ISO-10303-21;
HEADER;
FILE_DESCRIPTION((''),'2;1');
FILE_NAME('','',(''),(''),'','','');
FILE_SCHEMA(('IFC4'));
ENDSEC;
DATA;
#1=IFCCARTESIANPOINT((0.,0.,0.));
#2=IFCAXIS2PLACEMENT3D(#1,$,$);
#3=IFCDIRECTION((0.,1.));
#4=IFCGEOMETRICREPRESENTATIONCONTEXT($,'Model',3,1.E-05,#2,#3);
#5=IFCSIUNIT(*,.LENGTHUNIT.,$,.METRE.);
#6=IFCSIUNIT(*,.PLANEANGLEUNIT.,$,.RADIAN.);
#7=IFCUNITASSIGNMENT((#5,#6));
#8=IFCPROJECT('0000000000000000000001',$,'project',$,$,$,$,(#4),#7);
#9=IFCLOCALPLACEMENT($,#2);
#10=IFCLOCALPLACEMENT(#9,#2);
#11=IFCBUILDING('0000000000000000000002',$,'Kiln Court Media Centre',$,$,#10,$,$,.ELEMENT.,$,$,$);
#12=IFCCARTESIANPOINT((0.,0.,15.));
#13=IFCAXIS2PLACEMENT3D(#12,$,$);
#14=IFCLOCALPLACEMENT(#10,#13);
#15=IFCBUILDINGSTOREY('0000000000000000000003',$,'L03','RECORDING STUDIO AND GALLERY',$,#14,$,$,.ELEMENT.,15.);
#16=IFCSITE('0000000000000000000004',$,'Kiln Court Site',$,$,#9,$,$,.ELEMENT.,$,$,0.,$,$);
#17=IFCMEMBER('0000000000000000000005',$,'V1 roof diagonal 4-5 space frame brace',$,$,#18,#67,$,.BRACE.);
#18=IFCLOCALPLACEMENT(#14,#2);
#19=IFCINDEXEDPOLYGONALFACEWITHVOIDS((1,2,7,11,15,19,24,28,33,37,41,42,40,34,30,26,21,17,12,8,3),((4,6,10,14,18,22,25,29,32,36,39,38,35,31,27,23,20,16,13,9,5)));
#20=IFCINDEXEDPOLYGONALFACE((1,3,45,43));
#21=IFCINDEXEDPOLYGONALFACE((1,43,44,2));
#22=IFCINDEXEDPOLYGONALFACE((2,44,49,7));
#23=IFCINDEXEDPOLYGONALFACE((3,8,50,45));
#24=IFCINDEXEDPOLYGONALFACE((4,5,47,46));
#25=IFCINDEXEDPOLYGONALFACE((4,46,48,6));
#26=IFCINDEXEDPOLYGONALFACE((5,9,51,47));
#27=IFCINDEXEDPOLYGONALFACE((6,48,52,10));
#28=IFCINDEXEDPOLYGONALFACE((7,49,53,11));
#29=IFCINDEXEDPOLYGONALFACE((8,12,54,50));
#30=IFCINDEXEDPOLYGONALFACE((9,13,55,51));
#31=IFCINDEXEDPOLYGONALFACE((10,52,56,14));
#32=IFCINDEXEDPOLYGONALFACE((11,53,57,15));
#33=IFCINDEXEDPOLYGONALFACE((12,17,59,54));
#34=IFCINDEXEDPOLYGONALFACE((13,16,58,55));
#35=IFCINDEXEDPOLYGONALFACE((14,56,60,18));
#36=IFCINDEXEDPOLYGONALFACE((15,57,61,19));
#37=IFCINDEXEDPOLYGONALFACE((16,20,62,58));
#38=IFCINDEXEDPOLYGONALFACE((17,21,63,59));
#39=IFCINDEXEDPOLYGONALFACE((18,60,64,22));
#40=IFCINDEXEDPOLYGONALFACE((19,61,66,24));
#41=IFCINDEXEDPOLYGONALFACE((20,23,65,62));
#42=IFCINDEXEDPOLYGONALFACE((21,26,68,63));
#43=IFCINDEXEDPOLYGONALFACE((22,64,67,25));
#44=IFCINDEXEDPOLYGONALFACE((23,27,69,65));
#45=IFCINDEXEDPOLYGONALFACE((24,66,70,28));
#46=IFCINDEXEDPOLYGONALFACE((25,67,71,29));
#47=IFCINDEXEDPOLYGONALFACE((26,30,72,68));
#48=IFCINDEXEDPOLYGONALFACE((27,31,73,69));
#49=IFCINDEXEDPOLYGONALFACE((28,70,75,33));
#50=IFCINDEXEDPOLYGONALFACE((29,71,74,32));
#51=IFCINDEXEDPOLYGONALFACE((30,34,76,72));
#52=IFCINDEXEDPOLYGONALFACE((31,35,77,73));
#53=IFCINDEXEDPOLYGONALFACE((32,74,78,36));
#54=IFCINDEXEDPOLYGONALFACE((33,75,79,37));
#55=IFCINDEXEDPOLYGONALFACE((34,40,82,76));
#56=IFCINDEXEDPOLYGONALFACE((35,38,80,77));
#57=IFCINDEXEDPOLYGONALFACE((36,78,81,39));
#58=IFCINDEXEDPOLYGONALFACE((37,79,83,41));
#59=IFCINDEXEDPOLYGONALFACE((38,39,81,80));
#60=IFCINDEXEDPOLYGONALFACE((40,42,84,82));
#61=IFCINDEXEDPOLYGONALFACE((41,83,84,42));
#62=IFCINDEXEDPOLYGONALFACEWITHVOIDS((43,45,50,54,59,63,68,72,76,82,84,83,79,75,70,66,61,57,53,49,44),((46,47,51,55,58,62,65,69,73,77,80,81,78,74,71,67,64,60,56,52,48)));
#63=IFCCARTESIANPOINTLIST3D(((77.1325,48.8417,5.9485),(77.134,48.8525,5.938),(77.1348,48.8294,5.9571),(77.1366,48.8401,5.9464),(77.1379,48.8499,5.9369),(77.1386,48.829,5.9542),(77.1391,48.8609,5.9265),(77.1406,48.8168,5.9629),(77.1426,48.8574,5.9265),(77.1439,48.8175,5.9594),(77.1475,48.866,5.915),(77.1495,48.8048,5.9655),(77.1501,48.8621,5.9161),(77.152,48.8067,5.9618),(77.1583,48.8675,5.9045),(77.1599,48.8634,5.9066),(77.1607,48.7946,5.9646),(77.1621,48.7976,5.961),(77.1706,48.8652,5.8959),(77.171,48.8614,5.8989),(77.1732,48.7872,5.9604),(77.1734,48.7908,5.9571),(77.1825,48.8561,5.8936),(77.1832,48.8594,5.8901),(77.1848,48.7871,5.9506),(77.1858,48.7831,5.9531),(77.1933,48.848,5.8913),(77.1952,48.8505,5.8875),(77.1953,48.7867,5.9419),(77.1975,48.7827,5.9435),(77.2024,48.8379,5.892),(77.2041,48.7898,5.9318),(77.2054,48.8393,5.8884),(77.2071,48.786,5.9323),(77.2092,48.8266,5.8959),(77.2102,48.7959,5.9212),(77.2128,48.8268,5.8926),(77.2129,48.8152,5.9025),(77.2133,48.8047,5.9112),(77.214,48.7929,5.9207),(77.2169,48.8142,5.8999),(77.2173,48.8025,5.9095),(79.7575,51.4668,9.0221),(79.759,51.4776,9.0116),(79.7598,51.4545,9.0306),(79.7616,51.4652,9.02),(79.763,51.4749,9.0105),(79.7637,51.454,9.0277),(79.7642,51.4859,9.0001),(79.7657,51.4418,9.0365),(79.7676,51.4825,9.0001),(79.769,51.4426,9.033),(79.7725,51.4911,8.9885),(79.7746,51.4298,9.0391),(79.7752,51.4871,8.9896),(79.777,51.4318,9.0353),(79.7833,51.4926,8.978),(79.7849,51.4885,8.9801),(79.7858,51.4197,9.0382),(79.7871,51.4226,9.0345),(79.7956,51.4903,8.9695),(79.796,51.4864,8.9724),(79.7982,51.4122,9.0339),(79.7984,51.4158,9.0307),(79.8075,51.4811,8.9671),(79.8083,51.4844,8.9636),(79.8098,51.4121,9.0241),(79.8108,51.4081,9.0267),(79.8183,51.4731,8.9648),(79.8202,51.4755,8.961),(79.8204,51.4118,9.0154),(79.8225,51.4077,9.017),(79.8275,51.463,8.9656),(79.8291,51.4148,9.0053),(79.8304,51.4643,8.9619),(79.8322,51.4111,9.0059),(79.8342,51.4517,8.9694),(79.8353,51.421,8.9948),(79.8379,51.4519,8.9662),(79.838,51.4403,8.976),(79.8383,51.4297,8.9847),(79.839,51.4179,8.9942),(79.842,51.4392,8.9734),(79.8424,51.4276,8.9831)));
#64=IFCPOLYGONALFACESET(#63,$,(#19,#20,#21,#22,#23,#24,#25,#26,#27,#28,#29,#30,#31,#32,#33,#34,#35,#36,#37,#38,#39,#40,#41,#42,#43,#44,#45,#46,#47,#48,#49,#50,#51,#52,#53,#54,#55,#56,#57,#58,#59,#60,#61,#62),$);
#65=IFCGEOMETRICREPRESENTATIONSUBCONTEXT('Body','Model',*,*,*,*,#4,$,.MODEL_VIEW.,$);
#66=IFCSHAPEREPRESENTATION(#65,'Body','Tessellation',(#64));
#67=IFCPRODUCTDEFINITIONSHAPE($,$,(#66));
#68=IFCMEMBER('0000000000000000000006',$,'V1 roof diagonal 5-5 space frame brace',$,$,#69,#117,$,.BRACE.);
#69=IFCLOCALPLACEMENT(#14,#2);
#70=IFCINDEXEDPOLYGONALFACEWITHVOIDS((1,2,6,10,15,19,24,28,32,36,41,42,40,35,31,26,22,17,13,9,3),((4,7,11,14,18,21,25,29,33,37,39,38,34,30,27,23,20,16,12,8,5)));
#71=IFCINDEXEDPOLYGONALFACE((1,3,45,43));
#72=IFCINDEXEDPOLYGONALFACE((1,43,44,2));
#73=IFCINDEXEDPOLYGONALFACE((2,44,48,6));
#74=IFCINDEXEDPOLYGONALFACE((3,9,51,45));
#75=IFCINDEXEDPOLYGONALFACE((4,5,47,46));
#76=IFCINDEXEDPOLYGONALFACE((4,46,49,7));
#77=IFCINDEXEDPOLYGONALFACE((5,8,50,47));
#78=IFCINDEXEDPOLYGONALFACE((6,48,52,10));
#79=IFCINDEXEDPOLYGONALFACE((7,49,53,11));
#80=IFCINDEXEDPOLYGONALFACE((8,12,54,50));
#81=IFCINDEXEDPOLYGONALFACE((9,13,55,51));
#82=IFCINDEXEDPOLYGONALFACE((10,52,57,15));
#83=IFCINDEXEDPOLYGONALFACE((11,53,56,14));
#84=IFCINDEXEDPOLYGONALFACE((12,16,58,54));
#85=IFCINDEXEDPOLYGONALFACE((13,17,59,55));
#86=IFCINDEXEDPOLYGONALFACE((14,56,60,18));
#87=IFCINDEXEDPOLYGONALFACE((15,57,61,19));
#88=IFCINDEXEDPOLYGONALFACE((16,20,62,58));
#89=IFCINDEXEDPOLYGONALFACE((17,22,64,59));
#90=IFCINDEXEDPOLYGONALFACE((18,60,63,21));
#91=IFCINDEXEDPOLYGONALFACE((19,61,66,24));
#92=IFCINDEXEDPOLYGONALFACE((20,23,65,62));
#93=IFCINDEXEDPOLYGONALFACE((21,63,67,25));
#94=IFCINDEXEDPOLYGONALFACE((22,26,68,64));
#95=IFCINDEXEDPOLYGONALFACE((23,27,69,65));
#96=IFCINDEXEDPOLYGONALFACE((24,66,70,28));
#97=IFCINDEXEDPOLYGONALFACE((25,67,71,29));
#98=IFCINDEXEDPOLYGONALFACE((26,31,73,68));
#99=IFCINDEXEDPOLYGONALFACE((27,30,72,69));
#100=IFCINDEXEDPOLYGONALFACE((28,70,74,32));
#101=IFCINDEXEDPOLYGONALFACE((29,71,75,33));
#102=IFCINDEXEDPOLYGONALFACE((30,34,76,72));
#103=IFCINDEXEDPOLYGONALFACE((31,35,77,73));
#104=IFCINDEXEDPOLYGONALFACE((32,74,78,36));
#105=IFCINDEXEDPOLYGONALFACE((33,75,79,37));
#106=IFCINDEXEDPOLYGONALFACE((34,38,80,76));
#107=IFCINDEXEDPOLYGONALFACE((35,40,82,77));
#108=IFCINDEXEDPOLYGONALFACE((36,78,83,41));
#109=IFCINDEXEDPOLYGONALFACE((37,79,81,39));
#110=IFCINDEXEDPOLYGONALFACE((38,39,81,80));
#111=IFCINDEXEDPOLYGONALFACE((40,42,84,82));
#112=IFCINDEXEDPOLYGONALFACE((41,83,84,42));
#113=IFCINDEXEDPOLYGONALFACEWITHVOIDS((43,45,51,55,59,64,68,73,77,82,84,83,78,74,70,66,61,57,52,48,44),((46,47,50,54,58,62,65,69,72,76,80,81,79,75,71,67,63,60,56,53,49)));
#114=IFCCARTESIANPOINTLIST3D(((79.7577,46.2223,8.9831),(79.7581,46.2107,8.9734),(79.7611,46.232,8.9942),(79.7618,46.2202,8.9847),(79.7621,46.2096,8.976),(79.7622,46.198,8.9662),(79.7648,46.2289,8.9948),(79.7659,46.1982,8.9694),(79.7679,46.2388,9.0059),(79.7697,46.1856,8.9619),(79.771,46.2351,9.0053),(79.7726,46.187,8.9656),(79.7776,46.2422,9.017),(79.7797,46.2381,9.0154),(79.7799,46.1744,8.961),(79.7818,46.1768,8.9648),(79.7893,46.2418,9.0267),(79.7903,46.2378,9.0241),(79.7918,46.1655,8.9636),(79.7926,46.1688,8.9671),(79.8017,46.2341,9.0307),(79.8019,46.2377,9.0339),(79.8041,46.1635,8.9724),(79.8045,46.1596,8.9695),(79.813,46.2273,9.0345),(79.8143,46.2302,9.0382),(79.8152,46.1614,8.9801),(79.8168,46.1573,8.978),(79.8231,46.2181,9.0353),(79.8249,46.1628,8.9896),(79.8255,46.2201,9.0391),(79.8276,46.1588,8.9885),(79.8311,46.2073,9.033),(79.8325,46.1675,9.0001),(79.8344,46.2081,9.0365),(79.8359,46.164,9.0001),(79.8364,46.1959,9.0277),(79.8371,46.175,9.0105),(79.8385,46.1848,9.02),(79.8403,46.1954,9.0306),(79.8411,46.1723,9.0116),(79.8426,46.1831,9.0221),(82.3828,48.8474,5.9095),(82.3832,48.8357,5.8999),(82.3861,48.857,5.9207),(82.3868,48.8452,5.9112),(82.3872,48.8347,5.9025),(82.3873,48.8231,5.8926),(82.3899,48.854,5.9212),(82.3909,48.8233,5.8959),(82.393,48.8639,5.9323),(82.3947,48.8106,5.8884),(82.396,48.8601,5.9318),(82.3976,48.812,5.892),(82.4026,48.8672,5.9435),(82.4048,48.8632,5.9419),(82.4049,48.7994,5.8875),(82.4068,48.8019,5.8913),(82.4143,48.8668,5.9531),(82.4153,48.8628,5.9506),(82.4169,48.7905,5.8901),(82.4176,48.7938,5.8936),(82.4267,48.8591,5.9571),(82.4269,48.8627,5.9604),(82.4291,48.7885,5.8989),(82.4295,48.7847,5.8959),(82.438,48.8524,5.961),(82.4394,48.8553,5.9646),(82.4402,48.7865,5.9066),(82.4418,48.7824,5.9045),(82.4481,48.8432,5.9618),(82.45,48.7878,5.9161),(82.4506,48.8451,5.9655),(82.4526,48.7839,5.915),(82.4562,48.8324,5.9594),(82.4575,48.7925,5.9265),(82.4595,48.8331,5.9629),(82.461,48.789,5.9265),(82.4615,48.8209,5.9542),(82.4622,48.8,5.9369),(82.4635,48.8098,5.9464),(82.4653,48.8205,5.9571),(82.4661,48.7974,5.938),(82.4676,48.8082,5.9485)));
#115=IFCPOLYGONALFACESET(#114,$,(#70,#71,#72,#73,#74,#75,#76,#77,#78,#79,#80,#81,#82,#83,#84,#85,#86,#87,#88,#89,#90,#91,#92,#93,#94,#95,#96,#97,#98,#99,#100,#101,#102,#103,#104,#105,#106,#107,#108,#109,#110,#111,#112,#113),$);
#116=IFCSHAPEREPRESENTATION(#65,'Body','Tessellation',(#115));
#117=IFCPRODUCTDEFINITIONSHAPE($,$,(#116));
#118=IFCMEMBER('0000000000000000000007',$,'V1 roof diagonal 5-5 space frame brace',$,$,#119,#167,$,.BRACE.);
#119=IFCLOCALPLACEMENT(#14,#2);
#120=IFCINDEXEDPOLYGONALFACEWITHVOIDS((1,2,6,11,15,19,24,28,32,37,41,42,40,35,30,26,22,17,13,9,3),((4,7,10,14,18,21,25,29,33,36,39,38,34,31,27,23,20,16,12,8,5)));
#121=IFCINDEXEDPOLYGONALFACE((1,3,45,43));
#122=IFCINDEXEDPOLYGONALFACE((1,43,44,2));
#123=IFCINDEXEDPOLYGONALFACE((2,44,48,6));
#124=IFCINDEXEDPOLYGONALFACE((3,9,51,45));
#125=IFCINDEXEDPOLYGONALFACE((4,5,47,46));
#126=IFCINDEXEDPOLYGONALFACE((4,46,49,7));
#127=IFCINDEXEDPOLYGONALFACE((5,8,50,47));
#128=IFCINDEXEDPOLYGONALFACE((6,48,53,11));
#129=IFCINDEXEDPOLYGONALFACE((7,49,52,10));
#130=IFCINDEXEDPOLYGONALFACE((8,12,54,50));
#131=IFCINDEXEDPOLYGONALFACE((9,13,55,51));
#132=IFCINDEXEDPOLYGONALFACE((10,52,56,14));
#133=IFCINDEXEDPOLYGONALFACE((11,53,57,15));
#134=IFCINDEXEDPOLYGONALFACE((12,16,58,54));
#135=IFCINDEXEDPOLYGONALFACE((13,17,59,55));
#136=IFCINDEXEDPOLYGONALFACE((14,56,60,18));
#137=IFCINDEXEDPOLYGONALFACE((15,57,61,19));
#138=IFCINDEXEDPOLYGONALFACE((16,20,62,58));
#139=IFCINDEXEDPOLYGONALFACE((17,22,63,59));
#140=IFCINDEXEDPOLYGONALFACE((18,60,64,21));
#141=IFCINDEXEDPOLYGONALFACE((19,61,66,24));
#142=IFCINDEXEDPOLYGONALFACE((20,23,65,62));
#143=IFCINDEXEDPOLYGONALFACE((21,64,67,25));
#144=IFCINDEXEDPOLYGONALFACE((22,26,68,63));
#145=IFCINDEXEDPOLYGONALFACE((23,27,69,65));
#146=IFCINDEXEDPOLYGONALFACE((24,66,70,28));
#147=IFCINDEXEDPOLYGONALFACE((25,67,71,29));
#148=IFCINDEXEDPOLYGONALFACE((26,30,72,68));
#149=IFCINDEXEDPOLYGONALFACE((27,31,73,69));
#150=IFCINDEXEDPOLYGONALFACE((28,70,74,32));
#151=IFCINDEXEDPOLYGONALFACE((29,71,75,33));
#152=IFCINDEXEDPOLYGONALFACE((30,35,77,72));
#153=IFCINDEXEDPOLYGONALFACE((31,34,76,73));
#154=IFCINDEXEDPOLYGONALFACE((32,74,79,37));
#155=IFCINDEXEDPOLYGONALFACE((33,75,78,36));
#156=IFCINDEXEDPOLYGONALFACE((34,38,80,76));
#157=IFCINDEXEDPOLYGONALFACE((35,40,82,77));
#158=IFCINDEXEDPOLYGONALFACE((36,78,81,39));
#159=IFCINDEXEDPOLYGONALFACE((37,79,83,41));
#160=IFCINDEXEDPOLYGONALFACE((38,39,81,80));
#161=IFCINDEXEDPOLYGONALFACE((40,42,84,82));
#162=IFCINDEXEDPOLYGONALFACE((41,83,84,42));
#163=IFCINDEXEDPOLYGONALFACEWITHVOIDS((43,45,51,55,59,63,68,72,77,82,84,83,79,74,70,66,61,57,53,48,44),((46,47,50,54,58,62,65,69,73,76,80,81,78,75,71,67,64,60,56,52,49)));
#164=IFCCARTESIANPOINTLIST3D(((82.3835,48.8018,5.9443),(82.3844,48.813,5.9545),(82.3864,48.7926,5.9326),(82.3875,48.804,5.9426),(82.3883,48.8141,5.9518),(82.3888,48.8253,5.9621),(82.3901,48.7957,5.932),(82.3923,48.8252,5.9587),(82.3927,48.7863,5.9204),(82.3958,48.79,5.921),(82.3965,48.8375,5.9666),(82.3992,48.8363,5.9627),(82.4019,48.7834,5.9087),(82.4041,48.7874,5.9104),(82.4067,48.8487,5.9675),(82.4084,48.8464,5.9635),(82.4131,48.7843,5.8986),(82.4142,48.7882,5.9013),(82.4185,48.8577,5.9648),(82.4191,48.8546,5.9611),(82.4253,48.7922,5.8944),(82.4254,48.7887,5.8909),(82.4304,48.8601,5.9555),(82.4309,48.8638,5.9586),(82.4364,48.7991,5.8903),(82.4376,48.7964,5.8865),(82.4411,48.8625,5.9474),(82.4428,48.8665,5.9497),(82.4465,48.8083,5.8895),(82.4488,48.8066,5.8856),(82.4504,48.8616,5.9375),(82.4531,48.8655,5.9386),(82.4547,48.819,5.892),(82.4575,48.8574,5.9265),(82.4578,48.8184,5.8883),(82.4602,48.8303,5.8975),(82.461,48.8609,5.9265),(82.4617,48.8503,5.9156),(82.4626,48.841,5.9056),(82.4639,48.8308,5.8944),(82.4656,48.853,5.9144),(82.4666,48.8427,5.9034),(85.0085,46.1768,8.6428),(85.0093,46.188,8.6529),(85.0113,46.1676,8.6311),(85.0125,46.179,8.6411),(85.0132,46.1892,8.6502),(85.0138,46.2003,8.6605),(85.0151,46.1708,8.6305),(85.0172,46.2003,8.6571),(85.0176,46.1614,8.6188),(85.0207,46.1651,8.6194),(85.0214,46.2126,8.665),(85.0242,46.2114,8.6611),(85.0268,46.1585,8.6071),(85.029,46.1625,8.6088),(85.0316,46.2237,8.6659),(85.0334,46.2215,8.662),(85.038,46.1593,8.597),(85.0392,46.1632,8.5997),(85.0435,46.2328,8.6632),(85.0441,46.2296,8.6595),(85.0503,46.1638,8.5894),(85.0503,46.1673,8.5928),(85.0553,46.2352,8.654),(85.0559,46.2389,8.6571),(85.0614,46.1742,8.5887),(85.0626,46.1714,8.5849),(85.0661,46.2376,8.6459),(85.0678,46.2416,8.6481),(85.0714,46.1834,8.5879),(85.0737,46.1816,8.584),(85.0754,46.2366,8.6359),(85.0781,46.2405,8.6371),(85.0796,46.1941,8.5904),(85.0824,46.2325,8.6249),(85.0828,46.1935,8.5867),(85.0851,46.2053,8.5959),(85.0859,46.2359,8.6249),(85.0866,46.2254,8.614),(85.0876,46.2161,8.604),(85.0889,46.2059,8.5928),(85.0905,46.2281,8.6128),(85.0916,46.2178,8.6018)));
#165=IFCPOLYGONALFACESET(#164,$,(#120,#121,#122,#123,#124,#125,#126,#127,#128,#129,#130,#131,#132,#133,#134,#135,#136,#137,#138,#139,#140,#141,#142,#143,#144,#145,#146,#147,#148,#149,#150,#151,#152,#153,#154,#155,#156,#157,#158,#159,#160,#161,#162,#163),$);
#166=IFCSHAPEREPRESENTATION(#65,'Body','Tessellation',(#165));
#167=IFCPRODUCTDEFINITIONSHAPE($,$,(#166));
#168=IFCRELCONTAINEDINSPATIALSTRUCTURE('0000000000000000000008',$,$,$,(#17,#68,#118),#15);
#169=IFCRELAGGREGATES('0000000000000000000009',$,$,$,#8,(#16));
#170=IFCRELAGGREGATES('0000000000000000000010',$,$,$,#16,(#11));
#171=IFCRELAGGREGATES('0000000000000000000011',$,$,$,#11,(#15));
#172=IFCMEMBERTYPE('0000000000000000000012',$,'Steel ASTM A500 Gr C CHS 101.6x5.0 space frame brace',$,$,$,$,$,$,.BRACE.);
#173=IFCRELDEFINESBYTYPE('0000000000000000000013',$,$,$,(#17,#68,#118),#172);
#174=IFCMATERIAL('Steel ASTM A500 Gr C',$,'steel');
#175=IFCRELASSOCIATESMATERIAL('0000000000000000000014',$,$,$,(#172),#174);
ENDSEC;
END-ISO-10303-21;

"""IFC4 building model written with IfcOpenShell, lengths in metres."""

from ifc_helpers import new_model, si_unit, direction, frame, origin, origin_2d, place, context, subcontext, project, spatial, hollow_circle, extrude, material, material_profile, profile_set, type_object, element, save


model = new_model("IFC4")

# Units and contexts
model_context = context("Model", 3, precision=1e-05, world=origin(), true_north=direction((0.0, 1.0)))
body_context = subcontext(model_context, "Body", "Model", "MODEL_VIEW")
ifc_project = project(units=[si_unit("LENGTHUNIT", "METRE"), si_unit("PLANEANGLEUNIT", "RADIAN")], contexts=[model_context])

# Site, building, storey
site_placement = place(None, origin())
site = spatial("IfcSite", under=ifc_project, at=site_placement, Name="Kiln Court Site", CompositionType="ELEMENT", RefElevation=0.0)
building_placement = place(site_placement, origin())
building = spatial("IfcBuilding", under=site, at=building_placement, Name="Kiln Court Media Centre", CompositionType="ELEMENT")
storey_placement = place(building_placement, frame((0.0, 0.0, 15.0)))
storey = spatial("IfcBuildingStorey", under=building, at=storey_placement, Name="L03", Description="RECORDING STUDIO AND GALLERY", CompositionType="ELEMENT", Elevation=15.0)

# Members
ifc_material_1 = material(Name="Steel ASTM A500 Gr C", Category="steel")
ifc_material_profile_1 = material_profile(ifc_material_1, hollow_circle(Radius=0.0508, WallThickness=0.0049, at=origin_2d()), Name="CHS 101.6x5.0")
ifc_profile_set_1 = profile_set([ifc_material_profile_1], Name="Steel ASTM A500 Gr C")
member_type_1 = type_object("IfcMemberType", Name="Steel ASTM A500 Gr C CHS 101.6x5.0 space frame brace", PredefinedType="BRACE", material=ifc_profile_set_1)
for number, where, z_axis, x_axis, name in (
    (1, (77.175, 48.825, 5.9265), (0.544662, 0.544662, 0.637719), (-0.707107, 0.707107, 0.0), "V1 roof diagonal 4-5 space frame brace"),
    (2, (82.425, 48.825, 5.9265), (-0.544662, -0.544662, 0.637719), (0.707107, -0.707107, 0.0), "V1 roof diagonal 5-5 space frame brace"),
):
    element("IfcMember", number, at=place(storey_placement, frame(where, z_axis=z_axis, x_axis=x_axis)), inside=storey, type_object=member_type_1, Name=name, PredefinedType="BRACE", context=body_context, shape_type="SweptSolid", body=[
        extrude(hollow_circle(Radius=0.0508, WallThickness=0.0049, at=origin_2d()), origin(), (0.0, 0.0, 1.0), 4.8196),
    ])
member_1_placement = place(storey_placement, frame((82.425, 48.825, 5.9265), z_axis=(0.571964, -0.571964, 0.587976), x_axis=(0.707107, 0.707107, 0.0)))
element("IfcMember", 3, at=member_1_placement, inside=storey, type_object=member_type_1, Name="V1 roof diagonal 5-5 space frame brace", PredefinedType="BRACE", context=body_context, shape_type="SweptSolid", body=[
    extrude(hollow_circle(Radius=0.0508, WallThickness=0.0049, at=origin_2d()), origin(), (0.0, 0.0, 1.0), 4.5894),
])

save(model, "model.ifc")
